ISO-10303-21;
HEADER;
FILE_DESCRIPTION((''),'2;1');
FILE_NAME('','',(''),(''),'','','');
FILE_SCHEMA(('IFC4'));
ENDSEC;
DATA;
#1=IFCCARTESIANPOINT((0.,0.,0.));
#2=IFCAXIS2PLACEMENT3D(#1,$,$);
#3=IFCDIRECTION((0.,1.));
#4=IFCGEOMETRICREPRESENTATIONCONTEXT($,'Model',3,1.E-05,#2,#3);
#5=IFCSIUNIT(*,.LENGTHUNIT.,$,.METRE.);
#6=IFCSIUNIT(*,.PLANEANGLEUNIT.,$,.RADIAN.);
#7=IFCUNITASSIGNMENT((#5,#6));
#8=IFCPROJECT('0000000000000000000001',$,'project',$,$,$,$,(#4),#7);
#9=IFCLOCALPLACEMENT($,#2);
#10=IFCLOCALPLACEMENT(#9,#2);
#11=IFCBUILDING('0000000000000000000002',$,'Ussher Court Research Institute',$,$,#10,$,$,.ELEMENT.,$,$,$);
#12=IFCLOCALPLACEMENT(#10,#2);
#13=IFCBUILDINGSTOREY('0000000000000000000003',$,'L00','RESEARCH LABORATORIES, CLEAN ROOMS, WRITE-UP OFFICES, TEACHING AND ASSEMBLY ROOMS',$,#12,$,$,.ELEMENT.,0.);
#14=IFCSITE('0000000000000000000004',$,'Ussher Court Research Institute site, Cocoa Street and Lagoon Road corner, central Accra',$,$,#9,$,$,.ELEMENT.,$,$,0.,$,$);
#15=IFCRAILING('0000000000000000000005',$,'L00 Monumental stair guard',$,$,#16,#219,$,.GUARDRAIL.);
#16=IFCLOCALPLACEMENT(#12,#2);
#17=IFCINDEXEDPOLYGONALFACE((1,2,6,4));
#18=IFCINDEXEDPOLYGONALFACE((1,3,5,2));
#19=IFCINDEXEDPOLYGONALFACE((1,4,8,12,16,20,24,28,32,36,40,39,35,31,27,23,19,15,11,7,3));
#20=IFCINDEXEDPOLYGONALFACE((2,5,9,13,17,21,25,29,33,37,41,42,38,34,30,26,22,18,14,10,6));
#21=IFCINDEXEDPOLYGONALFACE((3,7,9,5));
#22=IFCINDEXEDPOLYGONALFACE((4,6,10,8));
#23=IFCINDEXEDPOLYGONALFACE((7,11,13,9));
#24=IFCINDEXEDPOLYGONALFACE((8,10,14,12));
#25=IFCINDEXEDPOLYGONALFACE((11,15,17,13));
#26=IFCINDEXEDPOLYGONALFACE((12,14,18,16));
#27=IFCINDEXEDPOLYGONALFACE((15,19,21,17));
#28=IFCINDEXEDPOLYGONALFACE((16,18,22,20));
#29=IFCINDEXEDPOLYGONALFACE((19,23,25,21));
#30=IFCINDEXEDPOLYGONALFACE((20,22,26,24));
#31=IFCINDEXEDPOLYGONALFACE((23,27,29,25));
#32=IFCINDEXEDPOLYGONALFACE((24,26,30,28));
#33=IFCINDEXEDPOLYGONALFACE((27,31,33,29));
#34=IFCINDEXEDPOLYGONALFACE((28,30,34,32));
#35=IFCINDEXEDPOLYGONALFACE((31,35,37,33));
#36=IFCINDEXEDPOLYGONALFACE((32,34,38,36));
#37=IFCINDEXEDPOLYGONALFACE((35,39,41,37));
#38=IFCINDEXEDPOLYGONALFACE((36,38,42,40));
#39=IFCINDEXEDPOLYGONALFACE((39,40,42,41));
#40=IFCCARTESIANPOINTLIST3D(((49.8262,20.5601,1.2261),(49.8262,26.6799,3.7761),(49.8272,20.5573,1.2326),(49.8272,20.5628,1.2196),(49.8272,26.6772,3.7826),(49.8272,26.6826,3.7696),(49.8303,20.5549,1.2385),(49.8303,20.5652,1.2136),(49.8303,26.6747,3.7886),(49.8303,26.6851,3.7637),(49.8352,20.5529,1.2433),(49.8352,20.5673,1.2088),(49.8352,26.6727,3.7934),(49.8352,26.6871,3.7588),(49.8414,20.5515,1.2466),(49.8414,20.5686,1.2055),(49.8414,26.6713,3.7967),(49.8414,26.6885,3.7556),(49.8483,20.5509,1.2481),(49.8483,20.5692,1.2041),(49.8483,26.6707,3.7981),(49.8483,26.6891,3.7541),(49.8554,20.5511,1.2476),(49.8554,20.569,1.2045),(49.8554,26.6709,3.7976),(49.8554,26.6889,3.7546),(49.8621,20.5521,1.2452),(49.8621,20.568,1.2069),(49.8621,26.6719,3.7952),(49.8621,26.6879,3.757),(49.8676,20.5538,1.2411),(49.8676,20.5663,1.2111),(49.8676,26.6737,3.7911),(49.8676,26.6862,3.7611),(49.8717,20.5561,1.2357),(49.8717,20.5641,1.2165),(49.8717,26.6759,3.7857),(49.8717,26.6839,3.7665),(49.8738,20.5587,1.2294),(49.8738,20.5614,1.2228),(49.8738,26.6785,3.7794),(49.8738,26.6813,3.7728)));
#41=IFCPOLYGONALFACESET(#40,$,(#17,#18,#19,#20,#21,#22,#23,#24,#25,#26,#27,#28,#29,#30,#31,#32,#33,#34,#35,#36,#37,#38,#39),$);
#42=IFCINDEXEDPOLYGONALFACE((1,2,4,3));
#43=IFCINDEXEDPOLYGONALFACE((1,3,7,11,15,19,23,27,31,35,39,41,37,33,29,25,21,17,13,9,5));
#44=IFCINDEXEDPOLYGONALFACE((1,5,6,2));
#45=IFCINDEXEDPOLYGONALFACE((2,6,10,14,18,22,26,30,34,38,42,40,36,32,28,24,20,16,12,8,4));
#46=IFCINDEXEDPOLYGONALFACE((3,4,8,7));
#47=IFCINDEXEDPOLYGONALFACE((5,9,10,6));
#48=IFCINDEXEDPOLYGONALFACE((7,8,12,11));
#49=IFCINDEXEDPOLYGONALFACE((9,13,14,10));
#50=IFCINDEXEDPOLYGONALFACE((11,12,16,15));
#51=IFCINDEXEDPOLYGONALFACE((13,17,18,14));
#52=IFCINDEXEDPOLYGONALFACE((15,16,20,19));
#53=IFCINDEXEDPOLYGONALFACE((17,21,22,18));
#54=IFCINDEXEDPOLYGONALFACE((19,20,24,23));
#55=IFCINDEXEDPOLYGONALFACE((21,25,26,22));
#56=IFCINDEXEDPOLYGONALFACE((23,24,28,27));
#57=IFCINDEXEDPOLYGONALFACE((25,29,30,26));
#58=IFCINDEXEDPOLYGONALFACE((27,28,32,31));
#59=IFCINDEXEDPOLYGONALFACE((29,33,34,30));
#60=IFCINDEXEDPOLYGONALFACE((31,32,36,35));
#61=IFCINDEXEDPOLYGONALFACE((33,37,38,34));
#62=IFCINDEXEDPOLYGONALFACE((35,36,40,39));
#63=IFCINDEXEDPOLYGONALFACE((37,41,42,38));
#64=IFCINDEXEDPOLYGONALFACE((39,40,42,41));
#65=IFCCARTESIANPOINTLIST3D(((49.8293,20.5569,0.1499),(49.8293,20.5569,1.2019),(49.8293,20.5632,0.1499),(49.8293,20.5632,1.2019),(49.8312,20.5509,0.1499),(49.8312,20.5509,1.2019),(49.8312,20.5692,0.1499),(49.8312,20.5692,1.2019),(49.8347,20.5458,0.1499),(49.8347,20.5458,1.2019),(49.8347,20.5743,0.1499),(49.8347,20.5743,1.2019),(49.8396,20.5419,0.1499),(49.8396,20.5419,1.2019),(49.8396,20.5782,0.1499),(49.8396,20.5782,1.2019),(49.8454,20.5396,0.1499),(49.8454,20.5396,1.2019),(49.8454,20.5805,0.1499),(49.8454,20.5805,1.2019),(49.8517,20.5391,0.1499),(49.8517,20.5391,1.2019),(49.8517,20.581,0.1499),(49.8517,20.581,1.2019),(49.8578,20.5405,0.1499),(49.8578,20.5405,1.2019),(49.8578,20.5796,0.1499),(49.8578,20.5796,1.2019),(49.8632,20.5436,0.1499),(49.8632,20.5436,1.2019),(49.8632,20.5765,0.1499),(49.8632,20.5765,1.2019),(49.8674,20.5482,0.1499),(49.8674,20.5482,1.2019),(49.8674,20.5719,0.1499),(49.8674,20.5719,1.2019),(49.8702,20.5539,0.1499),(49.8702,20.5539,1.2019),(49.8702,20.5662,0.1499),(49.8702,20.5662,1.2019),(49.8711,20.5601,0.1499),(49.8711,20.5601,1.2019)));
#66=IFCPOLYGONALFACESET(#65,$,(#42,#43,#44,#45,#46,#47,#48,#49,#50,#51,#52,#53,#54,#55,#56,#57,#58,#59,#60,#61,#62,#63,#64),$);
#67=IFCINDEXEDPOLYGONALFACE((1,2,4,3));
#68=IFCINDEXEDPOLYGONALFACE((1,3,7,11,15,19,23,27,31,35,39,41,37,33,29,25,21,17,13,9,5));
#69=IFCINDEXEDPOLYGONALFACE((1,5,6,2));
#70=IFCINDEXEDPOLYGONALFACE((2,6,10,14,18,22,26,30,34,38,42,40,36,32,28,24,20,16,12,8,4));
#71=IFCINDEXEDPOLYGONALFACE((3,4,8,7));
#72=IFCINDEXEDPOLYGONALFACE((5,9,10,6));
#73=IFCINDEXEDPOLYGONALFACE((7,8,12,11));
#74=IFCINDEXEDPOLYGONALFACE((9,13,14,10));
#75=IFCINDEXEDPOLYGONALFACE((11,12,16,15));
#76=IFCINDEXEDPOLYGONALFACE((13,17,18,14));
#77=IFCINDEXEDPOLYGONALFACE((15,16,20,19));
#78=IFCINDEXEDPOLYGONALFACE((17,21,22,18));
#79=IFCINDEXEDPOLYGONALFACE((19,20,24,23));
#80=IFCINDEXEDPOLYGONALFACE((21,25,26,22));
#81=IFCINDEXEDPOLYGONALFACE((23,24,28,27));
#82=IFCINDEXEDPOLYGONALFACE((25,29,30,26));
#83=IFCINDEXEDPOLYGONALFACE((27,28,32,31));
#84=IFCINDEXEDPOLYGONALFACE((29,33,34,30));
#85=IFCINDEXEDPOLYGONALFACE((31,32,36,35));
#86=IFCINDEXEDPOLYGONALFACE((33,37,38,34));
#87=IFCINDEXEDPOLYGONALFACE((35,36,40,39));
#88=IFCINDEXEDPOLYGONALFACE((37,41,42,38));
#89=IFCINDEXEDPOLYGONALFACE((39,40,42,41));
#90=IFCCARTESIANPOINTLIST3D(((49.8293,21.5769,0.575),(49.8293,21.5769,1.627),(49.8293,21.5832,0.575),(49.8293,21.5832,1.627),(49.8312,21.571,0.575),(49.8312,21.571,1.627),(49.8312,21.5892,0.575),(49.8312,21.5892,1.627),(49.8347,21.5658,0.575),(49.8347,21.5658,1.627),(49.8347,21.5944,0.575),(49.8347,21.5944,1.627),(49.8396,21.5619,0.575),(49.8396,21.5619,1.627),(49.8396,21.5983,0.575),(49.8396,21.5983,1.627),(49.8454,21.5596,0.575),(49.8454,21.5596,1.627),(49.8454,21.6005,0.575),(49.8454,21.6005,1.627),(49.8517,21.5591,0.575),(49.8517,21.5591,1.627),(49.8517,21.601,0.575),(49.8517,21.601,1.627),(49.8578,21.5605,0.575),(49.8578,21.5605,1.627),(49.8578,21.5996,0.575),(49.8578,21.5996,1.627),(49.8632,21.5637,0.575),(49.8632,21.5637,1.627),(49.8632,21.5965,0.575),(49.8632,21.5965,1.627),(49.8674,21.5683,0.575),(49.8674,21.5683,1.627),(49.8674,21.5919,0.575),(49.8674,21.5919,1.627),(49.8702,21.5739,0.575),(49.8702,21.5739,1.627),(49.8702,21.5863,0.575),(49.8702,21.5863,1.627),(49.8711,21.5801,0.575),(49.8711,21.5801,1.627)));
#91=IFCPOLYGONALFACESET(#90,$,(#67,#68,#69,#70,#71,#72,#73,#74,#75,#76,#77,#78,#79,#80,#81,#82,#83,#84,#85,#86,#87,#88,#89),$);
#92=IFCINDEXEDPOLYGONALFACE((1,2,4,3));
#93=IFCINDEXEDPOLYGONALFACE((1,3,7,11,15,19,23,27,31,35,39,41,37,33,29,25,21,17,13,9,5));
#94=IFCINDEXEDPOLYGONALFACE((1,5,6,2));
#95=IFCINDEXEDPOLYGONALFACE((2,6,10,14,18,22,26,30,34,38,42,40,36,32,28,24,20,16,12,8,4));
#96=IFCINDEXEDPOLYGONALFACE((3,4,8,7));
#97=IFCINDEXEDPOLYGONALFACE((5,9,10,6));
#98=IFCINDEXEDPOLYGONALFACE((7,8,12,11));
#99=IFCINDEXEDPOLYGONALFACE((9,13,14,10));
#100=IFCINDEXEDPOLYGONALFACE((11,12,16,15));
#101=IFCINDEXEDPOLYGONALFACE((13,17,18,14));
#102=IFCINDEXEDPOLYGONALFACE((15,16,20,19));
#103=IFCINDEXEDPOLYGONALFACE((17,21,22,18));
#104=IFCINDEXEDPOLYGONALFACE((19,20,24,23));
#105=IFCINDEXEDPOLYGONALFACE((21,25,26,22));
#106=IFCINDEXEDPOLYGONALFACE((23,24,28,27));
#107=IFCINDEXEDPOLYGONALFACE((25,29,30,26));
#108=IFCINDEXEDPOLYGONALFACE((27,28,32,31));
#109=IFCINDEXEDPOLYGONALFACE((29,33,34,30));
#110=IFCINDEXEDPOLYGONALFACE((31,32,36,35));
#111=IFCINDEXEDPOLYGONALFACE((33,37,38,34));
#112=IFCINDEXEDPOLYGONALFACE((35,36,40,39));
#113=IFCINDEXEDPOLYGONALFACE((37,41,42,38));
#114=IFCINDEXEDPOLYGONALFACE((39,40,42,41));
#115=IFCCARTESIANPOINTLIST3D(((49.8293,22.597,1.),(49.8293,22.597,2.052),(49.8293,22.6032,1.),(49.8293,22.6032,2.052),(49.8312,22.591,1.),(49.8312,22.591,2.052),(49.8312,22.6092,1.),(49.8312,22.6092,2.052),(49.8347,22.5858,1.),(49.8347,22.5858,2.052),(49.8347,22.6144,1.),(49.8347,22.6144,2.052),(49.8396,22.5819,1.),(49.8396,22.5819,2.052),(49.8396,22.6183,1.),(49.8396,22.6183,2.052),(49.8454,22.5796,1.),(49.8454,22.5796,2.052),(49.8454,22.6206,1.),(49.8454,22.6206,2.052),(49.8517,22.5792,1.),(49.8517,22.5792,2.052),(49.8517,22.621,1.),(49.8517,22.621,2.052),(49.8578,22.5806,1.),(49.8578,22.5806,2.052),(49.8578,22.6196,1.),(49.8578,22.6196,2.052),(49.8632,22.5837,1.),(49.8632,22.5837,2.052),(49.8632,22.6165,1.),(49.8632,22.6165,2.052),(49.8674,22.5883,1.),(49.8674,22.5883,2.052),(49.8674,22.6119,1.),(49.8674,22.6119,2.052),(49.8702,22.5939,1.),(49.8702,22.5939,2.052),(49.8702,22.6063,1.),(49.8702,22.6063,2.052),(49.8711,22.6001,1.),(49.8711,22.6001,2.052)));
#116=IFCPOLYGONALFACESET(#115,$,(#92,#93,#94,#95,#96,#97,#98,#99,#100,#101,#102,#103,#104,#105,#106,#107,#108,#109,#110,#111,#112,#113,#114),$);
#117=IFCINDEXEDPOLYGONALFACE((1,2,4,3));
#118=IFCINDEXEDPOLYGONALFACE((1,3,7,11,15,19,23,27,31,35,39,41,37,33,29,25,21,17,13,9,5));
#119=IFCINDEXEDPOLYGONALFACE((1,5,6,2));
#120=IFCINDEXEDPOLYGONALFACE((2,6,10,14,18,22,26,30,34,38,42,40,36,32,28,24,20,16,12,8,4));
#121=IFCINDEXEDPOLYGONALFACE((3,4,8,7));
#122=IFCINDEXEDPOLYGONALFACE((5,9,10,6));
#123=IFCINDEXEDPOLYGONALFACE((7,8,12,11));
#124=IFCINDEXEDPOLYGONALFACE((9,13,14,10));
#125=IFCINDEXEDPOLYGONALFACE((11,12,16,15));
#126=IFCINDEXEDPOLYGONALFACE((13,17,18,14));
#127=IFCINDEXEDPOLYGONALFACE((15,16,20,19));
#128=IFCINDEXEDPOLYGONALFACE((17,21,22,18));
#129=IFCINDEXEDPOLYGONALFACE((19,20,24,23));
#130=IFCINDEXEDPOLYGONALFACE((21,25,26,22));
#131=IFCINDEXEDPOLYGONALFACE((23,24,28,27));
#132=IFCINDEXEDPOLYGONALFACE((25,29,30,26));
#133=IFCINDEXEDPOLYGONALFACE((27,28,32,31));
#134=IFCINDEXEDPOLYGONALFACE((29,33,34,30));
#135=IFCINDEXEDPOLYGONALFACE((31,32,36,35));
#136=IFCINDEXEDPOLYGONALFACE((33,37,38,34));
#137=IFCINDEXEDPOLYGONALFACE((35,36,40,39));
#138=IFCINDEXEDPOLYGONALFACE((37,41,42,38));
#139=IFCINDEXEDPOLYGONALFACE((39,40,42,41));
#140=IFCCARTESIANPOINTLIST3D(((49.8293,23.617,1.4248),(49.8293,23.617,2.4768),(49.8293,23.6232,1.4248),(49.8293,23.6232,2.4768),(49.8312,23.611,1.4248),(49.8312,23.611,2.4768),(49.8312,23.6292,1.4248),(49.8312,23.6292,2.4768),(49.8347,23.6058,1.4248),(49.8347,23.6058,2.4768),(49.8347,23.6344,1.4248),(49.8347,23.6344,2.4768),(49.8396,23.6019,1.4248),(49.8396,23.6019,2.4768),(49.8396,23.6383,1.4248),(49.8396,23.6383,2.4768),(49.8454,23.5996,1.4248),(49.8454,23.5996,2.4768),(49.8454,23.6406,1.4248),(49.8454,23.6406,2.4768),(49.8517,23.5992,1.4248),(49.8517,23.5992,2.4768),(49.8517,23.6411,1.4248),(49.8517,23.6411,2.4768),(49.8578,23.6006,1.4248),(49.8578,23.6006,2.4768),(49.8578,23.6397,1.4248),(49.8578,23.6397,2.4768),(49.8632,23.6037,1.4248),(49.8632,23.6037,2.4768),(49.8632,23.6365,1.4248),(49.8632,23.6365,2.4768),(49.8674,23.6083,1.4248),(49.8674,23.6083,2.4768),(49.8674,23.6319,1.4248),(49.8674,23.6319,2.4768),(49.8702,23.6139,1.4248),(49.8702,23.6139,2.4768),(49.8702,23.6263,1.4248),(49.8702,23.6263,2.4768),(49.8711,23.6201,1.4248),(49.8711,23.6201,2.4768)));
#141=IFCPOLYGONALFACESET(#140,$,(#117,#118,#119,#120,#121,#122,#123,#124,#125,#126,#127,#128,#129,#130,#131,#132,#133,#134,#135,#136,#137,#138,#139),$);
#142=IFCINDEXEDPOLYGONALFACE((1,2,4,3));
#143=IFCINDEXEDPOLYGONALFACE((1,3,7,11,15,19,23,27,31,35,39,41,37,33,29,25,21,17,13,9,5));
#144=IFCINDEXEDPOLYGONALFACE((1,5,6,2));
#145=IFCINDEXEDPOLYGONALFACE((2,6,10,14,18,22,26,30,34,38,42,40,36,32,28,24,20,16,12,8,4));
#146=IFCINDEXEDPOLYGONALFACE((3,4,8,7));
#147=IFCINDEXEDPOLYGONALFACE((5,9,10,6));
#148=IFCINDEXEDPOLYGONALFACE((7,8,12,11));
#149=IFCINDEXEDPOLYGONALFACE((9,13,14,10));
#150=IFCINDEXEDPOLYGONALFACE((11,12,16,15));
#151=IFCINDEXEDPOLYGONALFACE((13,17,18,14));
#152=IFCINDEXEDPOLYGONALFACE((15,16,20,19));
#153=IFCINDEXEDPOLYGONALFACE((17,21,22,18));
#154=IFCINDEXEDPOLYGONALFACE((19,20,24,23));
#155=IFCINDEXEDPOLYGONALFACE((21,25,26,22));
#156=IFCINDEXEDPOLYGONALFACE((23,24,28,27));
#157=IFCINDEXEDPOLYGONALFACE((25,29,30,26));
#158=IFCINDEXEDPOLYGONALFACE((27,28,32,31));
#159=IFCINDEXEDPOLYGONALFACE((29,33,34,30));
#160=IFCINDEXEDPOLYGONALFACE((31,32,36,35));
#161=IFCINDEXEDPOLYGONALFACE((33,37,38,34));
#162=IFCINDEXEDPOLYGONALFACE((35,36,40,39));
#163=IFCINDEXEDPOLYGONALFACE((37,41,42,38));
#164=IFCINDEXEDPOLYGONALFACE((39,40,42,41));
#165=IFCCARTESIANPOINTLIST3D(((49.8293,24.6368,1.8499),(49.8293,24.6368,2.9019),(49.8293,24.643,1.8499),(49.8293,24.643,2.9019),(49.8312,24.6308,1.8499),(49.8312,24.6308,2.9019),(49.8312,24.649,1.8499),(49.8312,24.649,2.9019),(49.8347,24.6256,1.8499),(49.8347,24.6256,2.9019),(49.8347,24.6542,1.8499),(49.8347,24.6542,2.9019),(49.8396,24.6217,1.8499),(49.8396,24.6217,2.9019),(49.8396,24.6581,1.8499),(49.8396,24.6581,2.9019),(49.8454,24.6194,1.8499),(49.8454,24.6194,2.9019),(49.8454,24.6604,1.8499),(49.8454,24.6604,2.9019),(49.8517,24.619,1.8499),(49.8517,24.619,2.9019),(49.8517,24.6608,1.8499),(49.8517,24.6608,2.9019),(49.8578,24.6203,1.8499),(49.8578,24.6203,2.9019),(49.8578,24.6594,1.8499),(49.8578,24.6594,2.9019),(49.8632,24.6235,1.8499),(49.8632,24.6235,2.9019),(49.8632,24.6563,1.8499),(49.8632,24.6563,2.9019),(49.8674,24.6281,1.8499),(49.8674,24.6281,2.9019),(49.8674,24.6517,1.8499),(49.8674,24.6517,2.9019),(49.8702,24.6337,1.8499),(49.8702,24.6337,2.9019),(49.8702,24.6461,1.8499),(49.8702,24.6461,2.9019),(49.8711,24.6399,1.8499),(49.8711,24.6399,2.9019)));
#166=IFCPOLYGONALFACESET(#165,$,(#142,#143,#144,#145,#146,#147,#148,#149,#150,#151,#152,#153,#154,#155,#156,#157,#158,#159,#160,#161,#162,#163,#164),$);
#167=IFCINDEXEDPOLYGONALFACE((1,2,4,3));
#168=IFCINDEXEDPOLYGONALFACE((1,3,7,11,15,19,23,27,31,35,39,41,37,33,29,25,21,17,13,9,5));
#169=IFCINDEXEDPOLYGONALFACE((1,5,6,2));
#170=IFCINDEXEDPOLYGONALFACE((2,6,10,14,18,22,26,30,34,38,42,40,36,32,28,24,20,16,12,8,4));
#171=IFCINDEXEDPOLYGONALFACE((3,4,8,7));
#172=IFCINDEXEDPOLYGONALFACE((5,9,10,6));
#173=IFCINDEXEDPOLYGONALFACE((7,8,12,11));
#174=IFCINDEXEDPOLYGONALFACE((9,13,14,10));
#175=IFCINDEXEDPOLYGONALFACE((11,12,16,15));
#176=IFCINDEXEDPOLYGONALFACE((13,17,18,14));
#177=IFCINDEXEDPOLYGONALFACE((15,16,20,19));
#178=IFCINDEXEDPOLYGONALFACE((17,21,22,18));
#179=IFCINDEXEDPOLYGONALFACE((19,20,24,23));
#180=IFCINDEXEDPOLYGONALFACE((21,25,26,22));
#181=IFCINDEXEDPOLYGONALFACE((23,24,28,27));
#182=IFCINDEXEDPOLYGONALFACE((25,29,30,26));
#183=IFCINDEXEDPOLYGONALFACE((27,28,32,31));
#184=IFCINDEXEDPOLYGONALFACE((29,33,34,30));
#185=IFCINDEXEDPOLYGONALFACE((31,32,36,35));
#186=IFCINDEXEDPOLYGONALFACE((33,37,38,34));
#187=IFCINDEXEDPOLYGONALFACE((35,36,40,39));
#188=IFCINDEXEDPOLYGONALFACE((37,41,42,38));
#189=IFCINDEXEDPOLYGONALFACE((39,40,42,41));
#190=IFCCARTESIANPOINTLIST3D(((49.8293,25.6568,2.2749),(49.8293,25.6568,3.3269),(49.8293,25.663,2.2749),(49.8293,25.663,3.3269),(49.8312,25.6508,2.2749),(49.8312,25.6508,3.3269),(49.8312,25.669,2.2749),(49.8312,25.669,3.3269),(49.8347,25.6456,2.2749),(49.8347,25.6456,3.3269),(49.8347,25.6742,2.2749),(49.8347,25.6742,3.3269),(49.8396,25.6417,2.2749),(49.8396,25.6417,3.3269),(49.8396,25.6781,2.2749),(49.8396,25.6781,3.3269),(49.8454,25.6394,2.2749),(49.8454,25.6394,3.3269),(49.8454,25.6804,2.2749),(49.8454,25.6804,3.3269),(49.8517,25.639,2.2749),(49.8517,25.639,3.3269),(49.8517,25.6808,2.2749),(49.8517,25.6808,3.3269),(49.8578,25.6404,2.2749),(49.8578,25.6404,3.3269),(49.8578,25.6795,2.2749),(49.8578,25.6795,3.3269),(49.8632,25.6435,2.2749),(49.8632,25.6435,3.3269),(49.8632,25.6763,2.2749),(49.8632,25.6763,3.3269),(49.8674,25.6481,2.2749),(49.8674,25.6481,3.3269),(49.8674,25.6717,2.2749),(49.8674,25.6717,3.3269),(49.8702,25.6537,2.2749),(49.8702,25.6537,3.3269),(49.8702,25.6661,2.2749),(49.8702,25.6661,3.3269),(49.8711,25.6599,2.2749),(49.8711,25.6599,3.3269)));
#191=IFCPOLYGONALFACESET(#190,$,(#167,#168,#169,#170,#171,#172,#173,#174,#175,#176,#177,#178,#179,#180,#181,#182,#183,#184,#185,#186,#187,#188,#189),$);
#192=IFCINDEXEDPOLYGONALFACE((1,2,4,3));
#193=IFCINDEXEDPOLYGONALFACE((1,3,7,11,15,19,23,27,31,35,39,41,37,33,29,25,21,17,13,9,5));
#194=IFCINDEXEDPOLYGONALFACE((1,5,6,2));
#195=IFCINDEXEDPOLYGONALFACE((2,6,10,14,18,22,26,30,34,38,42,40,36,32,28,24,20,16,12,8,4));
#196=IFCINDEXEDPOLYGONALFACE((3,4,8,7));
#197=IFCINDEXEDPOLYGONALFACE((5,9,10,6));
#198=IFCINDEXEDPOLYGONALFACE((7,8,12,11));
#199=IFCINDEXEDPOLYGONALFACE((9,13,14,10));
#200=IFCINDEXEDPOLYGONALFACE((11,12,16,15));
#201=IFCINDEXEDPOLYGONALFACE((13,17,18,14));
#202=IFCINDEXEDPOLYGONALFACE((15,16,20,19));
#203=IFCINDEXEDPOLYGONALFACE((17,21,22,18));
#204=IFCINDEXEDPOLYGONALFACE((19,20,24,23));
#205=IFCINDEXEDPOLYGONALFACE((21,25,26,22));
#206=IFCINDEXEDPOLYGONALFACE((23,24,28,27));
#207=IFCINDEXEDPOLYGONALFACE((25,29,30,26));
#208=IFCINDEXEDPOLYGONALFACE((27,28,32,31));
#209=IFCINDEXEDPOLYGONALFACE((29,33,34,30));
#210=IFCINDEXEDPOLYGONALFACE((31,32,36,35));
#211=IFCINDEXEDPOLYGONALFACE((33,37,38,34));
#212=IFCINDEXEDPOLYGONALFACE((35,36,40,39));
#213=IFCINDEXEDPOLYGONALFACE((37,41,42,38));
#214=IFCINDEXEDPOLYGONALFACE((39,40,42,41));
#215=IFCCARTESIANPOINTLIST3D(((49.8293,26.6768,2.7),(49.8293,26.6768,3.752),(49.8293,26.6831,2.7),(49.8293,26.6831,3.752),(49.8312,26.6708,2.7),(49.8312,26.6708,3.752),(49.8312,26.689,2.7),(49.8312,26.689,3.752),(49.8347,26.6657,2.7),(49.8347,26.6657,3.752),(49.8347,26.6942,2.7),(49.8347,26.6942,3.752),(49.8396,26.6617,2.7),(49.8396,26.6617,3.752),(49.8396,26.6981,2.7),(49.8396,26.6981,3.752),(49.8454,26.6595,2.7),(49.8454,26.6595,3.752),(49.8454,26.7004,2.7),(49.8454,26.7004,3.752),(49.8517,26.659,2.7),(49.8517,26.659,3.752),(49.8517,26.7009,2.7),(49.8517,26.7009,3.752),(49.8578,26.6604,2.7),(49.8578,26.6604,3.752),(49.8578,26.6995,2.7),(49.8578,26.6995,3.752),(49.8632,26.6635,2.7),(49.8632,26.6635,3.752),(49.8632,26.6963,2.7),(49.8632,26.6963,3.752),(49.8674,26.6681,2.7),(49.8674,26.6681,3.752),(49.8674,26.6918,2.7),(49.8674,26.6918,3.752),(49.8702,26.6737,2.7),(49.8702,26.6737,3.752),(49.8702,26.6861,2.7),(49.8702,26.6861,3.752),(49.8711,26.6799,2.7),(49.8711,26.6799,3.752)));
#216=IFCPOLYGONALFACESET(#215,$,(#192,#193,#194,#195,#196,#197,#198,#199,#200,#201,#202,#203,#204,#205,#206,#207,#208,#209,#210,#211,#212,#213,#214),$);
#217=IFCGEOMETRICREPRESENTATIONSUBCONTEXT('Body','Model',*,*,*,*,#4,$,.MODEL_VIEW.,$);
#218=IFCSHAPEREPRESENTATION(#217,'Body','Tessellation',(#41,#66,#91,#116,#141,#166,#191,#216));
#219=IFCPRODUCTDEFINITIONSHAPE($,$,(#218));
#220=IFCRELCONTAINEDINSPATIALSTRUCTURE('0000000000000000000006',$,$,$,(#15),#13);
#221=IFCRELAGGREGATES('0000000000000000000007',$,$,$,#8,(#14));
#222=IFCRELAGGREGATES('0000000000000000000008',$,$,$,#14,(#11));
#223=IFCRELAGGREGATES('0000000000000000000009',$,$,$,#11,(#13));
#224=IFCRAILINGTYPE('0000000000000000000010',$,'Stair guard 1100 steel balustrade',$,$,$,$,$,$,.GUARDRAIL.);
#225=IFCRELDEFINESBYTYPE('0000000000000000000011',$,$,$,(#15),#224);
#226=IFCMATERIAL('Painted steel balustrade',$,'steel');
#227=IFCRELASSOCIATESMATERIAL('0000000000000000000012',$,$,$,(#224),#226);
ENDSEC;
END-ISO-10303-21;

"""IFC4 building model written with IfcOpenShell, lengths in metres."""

from ifc_helpers import new_model, si_unit, direction, frame, origin, origin_2d, place, context, subcontext, project, spatial, circle, extrude, material, type_object, element, save


model = new_model("IFC4")

# Units and contexts
model_context = context("Model", 3, precision=1e-05, world=origin(), true_north=direction((0.0, 1.0)))
body_context = subcontext(model_context, "Body", "Model", "MODEL_VIEW")
ifc_project = project(units=[si_unit("LENGTHUNIT", "METRE"), si_unit("PLANEANGLEUNIT", "RADIAN")], contexts=[model_context])

# Site, building, storey
site_placement = place(None, origin())
site = spatial("IfcSite", under=ifc_project, at=site_placement, Name="Ussher Court Research Institute site, Cocoa Street and Lagoon Road corner, central Accra", CompositionType="ELEMENT", RefElevation=0.0)
building_placement = place(site_placement, origin())
building = spatial("IfcBuilding", under=site, at=building_placement, Name="Ussher Court Research Institute", CompositionType="ELEMENT")
storey_placement = place(building_placement, origin())
storey = spatial("IfcBuildingStorey", under=building, at=storey_placement, Name="L00", Description="RESEARCH LABORATORIES, CLEAN ROOMS, WRITE-UP OFFICES, TEACHING AND ASSEMBLY ROOMS", CompositionType="ELEMENT", Elevation=0.0)

# Railing
ifc_material_1 = material(Name="Painted steel balustrade", Category="steel")
railing_type_1 = type_object("IfcRailingType", Name="Stair guard 1100 steel balustrade", PredefinedType="GUARDRAIL", material=ifc_material_1)
for number, where, name in (
    (1, (49.8501, 20.5601, 0.1499), "L00 Monumental stair guard"),
):
    element("IfcRailing", number, at=place(storey_placement, frame(where)), inside=storey, type_object=railing_type_1, Name=name, PredefinedType="GUARDRAIL", context=body_context, shape_type="SweptSolid", body=[
        extrude(circle(Radius=0.0239, at=origin_2d()), frame((0.0, 0.0, 1.0762), z_axis=(0.0, 0.923071, 0.384628), x_axis=(-1.0, 0.0, 0.0)), (0.0, 0.0, 1.0), 6.6299),
        extrude(circle(Radius=0.021, at=origin_2d()), origin(), (0.0, 0.0, 1.0), 1.052),
        extrude(circle(Radius=0.021, at=origin_2d()), frame((0.0, 1.02, 0.425)), (0.0, 0.0, 1.0), 1.052),
        extrude(circle(Radius=0.021, at=origin_2d()), frame((0.0, 2.04, 0.8501)), (0.0, 0.0, 1.0), 1.052),
        extrude(circle(Radius=0.021, at=origin_2d()), frame((0.0, 3.0601, 1.2749)), (0.0, 0.0, 1.0), 1.052),
        extrude(circle(Radius=0.021, at=origin_2d()), frame((0.0, 4.0798, 1.7)), (0.0, 0.0, 1.0), 1.052),
        extrude(circle(Radius=0.021, at=origin_2d()), frame((0.0, 5.0999, 2.125)), (0.0, 0.0, 1.0), 1.052),
        extrude(circle(Radius=0.021, at=origin_2d()), frame((0.0, 6.1199, 2.55)), (0.0, 0.0, 1.0), 1.052),
    ])

save(model, "model.ifc")
